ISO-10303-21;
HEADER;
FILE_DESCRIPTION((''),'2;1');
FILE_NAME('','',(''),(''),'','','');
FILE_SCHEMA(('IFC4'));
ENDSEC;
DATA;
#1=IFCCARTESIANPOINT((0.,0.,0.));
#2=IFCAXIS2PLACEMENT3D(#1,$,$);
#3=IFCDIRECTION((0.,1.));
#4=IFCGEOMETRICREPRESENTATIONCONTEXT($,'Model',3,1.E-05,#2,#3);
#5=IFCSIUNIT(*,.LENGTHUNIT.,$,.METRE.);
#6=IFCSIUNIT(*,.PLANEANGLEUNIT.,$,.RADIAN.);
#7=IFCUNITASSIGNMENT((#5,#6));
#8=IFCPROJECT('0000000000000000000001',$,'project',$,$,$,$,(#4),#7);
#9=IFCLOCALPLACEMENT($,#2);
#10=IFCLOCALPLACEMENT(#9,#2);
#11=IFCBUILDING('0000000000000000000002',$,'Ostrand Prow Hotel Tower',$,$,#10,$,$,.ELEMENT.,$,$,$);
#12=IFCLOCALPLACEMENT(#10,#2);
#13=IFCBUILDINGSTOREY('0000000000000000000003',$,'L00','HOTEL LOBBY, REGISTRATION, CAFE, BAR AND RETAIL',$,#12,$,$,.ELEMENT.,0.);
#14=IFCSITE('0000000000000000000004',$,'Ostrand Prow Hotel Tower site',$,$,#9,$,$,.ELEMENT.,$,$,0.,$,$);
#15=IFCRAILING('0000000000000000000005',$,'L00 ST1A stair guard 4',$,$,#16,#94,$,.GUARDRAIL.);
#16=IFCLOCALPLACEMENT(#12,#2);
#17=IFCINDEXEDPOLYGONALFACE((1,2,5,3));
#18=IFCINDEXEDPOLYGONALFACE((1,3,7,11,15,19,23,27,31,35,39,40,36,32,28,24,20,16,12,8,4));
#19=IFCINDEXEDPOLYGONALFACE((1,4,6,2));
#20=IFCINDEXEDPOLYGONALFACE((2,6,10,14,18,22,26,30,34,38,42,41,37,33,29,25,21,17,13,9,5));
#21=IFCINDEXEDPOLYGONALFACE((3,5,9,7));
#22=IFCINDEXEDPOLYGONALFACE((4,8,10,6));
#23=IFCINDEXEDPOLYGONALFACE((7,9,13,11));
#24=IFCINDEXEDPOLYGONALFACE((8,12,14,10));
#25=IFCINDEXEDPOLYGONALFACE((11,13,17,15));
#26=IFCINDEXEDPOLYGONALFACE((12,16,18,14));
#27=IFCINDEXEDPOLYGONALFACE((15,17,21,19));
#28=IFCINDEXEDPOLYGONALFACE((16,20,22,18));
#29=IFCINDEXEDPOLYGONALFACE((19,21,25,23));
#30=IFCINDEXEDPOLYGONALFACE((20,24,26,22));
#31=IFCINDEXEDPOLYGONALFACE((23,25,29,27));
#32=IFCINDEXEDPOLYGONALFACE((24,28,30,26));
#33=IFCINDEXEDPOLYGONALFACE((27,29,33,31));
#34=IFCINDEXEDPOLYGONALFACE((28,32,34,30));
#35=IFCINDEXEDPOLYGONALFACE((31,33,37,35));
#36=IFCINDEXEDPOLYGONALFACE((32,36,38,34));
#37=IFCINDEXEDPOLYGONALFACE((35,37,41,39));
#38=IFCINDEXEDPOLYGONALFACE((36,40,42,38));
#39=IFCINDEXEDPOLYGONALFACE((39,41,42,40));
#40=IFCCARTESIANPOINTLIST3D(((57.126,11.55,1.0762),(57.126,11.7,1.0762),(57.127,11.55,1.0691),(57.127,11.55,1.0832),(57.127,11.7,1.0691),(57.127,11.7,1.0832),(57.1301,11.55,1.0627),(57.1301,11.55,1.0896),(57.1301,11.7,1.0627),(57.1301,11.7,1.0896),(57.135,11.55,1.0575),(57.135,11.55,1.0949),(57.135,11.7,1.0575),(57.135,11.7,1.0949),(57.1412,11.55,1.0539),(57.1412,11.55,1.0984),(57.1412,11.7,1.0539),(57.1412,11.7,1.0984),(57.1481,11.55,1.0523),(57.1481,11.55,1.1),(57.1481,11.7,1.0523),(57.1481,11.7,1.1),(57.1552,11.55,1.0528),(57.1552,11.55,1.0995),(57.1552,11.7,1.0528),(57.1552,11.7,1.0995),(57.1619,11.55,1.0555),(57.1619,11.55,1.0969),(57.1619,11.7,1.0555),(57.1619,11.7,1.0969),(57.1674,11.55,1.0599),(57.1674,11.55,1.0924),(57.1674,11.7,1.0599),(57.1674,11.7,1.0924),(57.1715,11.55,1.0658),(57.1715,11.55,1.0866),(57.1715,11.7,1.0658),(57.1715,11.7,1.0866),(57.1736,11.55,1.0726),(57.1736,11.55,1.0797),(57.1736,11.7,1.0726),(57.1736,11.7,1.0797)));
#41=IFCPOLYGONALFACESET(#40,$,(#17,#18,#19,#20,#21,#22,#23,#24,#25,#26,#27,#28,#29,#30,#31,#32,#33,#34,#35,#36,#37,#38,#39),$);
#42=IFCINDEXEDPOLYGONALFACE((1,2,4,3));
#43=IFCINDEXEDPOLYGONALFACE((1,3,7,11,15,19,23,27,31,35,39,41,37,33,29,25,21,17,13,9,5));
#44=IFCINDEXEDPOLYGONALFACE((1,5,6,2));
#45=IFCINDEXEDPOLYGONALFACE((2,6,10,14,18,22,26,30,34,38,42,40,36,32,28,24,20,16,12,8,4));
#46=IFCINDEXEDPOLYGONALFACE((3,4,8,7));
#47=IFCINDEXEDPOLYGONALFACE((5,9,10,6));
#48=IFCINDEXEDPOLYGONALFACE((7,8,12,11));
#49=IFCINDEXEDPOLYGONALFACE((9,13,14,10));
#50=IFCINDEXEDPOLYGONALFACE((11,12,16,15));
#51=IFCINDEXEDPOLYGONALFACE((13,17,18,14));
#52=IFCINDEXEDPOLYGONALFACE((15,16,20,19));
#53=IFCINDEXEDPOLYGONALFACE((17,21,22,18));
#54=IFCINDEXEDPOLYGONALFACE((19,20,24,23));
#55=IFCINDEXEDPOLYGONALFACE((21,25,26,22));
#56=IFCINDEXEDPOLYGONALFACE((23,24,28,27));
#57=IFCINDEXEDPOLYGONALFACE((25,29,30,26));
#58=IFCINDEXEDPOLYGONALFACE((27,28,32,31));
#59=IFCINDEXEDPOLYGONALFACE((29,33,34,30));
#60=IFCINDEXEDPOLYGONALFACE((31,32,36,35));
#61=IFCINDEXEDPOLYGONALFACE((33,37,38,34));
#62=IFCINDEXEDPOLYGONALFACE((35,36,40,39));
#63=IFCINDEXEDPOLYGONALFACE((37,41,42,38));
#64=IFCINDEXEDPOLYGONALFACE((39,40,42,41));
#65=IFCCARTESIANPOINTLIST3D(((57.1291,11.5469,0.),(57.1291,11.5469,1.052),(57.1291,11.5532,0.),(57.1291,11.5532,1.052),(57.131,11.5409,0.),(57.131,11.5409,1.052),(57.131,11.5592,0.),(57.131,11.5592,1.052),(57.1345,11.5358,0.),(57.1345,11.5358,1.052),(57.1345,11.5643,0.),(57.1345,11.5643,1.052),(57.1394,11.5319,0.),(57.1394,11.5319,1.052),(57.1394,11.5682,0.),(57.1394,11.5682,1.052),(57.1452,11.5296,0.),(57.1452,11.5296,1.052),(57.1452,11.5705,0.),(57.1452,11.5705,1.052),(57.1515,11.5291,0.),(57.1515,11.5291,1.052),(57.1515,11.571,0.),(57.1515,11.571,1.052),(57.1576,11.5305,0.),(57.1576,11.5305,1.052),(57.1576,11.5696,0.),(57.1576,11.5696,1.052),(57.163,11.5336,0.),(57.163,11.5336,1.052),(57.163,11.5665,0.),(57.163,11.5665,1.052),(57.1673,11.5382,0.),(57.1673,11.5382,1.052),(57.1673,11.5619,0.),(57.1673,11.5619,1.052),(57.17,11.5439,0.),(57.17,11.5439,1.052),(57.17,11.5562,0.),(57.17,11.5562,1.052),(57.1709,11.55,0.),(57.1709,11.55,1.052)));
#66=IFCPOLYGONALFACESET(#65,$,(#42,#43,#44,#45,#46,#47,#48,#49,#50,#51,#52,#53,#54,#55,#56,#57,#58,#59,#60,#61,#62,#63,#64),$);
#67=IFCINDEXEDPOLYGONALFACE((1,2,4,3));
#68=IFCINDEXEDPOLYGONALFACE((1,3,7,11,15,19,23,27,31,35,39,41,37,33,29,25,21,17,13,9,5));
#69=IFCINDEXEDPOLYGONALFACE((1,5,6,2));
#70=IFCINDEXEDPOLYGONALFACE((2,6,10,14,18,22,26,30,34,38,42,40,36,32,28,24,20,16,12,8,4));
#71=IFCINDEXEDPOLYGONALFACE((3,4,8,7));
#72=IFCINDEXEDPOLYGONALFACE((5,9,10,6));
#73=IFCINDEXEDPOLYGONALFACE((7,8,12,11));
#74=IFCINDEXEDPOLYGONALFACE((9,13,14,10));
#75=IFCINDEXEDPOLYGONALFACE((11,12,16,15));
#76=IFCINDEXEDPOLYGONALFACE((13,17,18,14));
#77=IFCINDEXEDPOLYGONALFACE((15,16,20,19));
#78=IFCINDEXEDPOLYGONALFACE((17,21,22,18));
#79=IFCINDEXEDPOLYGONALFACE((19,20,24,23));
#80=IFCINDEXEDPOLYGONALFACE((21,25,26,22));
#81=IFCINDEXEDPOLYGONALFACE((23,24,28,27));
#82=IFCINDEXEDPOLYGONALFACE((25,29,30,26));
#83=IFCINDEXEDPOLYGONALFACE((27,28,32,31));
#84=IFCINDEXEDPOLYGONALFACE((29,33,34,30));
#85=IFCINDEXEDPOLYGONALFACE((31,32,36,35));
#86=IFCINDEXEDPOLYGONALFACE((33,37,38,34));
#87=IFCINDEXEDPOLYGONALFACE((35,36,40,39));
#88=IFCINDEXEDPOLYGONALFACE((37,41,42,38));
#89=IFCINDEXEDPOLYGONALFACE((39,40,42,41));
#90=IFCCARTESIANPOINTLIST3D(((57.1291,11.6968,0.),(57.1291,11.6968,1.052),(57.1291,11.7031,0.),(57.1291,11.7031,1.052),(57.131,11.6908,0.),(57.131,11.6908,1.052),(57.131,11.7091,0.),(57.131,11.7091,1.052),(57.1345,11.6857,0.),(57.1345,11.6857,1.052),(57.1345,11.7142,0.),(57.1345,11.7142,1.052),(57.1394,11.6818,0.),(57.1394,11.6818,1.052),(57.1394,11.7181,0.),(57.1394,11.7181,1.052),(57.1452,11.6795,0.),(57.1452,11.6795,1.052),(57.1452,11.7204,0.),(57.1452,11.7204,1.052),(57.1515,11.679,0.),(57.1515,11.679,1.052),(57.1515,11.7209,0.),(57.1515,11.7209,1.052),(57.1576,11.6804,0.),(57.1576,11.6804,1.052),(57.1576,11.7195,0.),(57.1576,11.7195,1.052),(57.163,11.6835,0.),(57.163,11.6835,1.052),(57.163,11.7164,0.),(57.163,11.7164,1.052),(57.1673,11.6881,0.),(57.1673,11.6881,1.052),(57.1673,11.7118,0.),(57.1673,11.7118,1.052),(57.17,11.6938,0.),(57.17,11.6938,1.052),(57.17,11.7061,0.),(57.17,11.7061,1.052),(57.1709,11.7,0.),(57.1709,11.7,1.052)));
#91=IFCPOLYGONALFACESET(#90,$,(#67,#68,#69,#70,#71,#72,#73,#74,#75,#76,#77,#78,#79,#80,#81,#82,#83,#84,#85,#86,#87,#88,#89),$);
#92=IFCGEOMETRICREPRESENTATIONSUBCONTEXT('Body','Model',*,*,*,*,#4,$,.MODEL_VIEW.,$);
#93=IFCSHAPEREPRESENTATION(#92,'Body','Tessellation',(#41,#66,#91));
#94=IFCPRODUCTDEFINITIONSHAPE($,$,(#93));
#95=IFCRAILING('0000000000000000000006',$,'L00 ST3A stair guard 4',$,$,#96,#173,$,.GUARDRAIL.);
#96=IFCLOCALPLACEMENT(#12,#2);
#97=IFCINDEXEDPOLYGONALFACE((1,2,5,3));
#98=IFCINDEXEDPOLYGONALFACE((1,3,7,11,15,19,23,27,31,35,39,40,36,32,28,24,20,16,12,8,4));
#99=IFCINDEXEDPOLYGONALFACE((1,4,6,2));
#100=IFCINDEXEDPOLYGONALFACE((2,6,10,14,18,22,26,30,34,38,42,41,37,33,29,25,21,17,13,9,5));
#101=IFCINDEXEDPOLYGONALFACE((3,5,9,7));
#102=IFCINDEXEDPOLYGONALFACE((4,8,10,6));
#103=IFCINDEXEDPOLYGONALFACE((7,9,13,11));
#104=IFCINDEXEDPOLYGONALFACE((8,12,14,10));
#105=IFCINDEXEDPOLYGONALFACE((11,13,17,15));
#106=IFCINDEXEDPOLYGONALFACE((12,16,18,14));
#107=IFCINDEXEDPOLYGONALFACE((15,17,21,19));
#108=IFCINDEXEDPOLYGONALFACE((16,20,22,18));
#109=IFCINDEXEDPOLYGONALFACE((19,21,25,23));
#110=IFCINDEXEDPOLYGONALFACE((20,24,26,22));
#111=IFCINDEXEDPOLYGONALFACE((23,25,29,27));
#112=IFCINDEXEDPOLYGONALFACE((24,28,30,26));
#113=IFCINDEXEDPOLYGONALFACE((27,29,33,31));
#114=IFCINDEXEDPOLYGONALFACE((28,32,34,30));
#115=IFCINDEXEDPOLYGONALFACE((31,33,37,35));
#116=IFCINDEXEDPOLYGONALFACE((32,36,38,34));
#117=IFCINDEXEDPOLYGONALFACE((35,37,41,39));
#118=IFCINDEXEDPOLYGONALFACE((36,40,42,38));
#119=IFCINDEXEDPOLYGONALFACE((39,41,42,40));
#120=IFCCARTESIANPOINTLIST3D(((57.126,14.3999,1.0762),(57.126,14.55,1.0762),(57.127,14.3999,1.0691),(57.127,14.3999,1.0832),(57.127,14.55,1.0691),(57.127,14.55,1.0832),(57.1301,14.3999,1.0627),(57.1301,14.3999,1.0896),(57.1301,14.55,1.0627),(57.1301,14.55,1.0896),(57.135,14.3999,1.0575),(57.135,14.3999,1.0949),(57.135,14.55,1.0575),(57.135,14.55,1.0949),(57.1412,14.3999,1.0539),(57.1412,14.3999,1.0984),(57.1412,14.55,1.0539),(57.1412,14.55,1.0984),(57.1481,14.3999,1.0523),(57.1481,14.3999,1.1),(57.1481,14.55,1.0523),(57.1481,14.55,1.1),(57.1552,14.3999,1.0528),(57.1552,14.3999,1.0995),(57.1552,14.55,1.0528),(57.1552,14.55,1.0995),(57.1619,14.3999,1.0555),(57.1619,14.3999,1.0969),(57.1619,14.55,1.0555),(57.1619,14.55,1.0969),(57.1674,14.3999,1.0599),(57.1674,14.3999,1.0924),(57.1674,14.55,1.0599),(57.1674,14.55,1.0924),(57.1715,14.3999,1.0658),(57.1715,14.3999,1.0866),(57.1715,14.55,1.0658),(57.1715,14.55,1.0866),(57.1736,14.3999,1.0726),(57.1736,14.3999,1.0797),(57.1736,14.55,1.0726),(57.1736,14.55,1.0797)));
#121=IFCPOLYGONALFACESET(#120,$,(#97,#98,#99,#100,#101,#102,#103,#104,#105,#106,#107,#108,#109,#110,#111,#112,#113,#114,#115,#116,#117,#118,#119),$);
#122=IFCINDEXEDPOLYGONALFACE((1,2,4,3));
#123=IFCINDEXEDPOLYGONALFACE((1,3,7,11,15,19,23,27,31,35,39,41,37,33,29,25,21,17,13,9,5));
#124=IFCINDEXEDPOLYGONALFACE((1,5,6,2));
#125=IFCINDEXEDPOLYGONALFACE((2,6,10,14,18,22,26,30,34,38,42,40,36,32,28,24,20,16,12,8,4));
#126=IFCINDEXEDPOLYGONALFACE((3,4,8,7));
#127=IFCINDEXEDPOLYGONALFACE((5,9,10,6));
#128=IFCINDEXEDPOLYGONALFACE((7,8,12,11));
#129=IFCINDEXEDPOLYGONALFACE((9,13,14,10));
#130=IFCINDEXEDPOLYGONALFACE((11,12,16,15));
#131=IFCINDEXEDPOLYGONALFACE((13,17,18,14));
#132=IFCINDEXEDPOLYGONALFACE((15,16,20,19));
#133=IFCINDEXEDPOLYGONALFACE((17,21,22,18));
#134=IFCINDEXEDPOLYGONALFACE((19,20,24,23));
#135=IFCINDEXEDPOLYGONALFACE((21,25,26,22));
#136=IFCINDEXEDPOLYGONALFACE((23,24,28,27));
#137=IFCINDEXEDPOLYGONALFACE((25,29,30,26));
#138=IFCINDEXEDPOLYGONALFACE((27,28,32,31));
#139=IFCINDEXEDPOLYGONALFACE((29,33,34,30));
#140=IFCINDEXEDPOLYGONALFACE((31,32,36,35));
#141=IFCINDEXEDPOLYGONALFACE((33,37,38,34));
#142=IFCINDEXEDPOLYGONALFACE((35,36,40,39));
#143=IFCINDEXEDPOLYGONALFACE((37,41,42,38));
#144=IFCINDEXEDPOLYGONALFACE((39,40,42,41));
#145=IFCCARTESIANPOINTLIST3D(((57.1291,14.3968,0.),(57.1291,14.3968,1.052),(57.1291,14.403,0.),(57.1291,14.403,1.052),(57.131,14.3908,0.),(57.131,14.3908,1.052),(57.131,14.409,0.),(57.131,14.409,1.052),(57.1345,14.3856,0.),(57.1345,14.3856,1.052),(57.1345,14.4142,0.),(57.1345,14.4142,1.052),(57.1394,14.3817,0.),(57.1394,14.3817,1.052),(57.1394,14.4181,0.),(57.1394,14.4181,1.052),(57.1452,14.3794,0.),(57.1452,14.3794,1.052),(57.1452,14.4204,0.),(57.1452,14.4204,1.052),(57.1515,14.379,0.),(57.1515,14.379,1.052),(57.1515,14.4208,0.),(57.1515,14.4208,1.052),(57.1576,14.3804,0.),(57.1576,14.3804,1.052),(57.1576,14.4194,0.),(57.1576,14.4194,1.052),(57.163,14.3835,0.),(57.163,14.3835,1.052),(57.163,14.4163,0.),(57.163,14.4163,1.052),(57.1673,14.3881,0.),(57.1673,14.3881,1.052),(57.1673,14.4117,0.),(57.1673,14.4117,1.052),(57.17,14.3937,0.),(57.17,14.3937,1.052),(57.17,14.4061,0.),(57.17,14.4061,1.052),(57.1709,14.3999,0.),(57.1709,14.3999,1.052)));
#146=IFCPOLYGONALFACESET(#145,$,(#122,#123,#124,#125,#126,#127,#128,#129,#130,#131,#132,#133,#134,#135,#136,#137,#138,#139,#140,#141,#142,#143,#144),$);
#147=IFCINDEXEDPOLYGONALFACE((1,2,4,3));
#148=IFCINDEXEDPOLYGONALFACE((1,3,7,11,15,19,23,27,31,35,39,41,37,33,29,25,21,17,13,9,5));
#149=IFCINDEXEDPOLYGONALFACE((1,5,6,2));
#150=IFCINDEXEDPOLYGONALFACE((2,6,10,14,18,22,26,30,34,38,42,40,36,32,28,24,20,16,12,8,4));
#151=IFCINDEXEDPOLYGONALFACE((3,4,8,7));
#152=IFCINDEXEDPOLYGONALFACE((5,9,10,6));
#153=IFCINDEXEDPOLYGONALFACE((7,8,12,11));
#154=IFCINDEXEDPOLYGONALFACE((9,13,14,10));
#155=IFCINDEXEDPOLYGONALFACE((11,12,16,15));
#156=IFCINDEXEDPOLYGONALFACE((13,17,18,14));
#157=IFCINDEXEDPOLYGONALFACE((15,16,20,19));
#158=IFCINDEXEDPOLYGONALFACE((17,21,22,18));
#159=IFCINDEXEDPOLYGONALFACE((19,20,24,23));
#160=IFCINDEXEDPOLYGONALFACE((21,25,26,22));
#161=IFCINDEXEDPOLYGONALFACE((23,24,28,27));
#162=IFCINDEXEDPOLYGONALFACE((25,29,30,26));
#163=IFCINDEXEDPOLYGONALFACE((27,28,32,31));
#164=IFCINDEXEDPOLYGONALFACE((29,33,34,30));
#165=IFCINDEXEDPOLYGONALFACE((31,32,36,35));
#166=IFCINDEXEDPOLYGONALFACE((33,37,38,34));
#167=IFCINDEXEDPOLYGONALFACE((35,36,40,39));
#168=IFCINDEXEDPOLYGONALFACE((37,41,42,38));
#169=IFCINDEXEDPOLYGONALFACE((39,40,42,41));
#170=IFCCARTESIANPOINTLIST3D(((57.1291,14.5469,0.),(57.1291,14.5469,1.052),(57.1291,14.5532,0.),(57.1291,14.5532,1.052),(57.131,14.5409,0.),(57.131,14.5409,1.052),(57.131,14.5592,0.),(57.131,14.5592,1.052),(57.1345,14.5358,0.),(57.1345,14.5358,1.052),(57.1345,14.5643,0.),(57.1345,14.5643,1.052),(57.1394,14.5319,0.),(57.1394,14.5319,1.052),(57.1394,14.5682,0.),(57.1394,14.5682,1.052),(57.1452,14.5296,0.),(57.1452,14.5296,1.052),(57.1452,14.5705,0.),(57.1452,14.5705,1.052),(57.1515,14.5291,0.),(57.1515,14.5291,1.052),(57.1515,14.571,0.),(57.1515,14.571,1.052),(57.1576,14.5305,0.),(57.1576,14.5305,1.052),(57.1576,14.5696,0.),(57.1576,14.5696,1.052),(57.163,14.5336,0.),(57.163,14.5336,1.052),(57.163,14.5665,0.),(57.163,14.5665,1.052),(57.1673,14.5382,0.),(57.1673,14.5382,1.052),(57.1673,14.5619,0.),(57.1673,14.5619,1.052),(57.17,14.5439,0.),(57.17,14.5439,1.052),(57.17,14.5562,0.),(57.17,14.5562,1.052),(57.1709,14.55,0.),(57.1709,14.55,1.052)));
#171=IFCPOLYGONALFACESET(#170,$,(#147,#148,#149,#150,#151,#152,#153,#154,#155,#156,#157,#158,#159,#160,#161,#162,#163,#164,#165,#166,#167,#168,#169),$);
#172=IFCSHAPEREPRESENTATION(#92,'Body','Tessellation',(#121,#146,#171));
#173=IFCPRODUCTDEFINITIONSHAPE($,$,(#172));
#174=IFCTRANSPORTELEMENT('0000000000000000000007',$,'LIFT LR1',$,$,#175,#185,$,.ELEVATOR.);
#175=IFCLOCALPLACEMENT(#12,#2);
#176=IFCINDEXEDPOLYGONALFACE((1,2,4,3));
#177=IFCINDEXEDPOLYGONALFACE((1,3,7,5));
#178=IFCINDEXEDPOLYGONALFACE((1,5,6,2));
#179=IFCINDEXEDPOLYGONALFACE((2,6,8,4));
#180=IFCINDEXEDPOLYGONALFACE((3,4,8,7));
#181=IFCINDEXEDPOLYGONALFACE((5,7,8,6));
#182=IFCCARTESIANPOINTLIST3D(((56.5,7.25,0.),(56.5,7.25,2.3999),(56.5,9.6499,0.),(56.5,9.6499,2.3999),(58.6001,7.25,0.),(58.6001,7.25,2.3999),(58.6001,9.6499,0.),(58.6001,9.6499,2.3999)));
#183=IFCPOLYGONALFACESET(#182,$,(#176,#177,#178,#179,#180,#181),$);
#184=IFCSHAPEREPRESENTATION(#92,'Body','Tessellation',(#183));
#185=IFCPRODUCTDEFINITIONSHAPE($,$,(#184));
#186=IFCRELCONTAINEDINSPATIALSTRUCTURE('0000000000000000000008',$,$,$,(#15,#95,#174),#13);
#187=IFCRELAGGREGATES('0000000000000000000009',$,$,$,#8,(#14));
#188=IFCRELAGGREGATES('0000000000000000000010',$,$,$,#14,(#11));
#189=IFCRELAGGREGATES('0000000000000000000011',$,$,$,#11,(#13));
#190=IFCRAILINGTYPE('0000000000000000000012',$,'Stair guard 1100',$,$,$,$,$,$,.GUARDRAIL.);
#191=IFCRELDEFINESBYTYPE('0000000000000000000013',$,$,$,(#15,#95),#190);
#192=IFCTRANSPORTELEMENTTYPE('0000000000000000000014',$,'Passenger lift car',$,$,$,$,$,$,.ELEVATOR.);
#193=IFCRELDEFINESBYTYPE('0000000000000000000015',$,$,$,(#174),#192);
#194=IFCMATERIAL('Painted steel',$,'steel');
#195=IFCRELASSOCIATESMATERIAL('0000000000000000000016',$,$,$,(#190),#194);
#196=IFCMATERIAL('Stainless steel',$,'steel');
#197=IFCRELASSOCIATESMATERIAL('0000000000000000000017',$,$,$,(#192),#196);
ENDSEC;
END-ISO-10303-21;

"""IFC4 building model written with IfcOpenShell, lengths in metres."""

from ifc_helpers import new_model, si_unit, direction, frame, origin, origin_2d, place, context, subcontext, project, spatial, rectangle, circle, extrude, material, type_object, element, save


model = new_model("IFC4")

# Units and contexts
model_context = context("Model", 3, precision=1e-05, world=origin(), true_north=direction((0.0, 1.0)))
body_context = subcontext(model_context, "Body", "Model", "MODEL_VIEW")
ifc_project = project(units=[si_unit("LENGTHUNIT", "METRE"), si_unit("PLANEANGLEUNIT", "RADIAN")], contexts=[model_context])

# Site, building, storey
site_placement = place(None, origin())
site = spatial("IfcSite", under=ifc_project, at=site_placement, Name="Ostrand Prow Hotel Tower site", CompositionType="ELEMENT", RefElevation=0.0)
building_placement = place(site_placement, origin())
building = spatial("IfcBuilding", under=site, at=building_placement, Name="Ostrand Prow Hotel Tower", CompositionType="ELEMENT")
storey_placement = place(building_placement, origin())
storey = spatial("IfcBuildingStorey", under=building, at=storey_placement, Name="L00", Description="HOTEL LOBBY, REGISTRATION, CAFE, BAR AND RETAIL", CompositionType="ELEMENT", Elevation=0.0)

# Railings
ifc_material_1 = material(Name="Painted steel", Category="steel")
railing_type_1 = type_object("IfcRailingType", Name="Stair guard 1100", PredefinedType="GUARDRAIL", material=ifc_material_1)
railing_1_placement = place(storey_placement, frame((57.1499, 11.55, 0.0)))
element("IfcRailing", 1, at=railing_1_placement, inside=storey, type_object=railing_type_1, Name="L00 ST1A stair guard 4", PredefinedType="GUARDRAIL", context=body_context, shape_type="SweptSolid", body=[
    extrude(circle(Radius=0.0239, at=origin_2d()), frame((0.0, 0.0, 1.0762), z_axis=(0.0, 1.0, 0.0), x_axis=(-1.0, 0.0, 0.0)), (0.0, 0.0, 1.0), 0.1499),
    extrude(circle(Radius=0.021, at=origin_2d()), origin(), (0.0, 0.0, 1.0), 1.052),
    extrude(circle(Radius=0.021, at=origin_2d()), frame((0.0, 0.1499, 0.0)), (0.0, 0.0, 1.0), 1.052),
])
railing_2_placement = place(storey_placement, frame((57.1499, 14.3999, 0.0)))
element("IfcRailing", 2, at=railing_2_placement, inside=storey, type_object=railing_type_1, Name="L00 ST3A stair guard 4", PredefinedType="GUARDRAIL", context=body_context, shape_type="SweptSolid", body=[
    extrude(circle(Radius=0.0239, at=origin_2d()), frame((0.0, 0.0, 1.0762), z_axis=(0.0, 1.0, 0.0), x_axis=(-1.0, 0.0, 0.0)), (0.0, 0.0, 1.0), 0.1501),
    extrude(circle(Radius=0.021, at=origin_2d()), origin(), (0.0, 0.0, 1.0), 1.052),
    extrude(circle(Radius=0.021, at=origin_2d()), frame((0.0, 0.1501, 0.0)), (0.0, 0.0, 1.0), 1.052),
])

# Transport element
ifc_material_2 = material(Name="Stainless steel", Category="steel")
transport_element_type = type_object("IfcTransportElementType", Name="Passenger lift car", PredefinedType="ELEVATOR", material=ifc_material_2)
transport_element_placement = place(storey_placement, frame((57.55, 8.45, 0.0), z_axis=(0.0, 0.0, 1.0), x_axis=(1.0, 0.0, 0.0)))
element("IfcTransportElement", 3, at=transport_element_placement, inside=storey, type_object=transport_element_type, Name="LIFT LR1", PredefinedType="ELEVATOR", context=body_context, shape_type="SweptSolid", body=[
    extrude(rectangle(XDim=2.1001, YDim=2.3999, at=origin_2d()), origin(), (0.0, 0.0, 1.0), 2.3999),
])

save(model, "model.ifc")
